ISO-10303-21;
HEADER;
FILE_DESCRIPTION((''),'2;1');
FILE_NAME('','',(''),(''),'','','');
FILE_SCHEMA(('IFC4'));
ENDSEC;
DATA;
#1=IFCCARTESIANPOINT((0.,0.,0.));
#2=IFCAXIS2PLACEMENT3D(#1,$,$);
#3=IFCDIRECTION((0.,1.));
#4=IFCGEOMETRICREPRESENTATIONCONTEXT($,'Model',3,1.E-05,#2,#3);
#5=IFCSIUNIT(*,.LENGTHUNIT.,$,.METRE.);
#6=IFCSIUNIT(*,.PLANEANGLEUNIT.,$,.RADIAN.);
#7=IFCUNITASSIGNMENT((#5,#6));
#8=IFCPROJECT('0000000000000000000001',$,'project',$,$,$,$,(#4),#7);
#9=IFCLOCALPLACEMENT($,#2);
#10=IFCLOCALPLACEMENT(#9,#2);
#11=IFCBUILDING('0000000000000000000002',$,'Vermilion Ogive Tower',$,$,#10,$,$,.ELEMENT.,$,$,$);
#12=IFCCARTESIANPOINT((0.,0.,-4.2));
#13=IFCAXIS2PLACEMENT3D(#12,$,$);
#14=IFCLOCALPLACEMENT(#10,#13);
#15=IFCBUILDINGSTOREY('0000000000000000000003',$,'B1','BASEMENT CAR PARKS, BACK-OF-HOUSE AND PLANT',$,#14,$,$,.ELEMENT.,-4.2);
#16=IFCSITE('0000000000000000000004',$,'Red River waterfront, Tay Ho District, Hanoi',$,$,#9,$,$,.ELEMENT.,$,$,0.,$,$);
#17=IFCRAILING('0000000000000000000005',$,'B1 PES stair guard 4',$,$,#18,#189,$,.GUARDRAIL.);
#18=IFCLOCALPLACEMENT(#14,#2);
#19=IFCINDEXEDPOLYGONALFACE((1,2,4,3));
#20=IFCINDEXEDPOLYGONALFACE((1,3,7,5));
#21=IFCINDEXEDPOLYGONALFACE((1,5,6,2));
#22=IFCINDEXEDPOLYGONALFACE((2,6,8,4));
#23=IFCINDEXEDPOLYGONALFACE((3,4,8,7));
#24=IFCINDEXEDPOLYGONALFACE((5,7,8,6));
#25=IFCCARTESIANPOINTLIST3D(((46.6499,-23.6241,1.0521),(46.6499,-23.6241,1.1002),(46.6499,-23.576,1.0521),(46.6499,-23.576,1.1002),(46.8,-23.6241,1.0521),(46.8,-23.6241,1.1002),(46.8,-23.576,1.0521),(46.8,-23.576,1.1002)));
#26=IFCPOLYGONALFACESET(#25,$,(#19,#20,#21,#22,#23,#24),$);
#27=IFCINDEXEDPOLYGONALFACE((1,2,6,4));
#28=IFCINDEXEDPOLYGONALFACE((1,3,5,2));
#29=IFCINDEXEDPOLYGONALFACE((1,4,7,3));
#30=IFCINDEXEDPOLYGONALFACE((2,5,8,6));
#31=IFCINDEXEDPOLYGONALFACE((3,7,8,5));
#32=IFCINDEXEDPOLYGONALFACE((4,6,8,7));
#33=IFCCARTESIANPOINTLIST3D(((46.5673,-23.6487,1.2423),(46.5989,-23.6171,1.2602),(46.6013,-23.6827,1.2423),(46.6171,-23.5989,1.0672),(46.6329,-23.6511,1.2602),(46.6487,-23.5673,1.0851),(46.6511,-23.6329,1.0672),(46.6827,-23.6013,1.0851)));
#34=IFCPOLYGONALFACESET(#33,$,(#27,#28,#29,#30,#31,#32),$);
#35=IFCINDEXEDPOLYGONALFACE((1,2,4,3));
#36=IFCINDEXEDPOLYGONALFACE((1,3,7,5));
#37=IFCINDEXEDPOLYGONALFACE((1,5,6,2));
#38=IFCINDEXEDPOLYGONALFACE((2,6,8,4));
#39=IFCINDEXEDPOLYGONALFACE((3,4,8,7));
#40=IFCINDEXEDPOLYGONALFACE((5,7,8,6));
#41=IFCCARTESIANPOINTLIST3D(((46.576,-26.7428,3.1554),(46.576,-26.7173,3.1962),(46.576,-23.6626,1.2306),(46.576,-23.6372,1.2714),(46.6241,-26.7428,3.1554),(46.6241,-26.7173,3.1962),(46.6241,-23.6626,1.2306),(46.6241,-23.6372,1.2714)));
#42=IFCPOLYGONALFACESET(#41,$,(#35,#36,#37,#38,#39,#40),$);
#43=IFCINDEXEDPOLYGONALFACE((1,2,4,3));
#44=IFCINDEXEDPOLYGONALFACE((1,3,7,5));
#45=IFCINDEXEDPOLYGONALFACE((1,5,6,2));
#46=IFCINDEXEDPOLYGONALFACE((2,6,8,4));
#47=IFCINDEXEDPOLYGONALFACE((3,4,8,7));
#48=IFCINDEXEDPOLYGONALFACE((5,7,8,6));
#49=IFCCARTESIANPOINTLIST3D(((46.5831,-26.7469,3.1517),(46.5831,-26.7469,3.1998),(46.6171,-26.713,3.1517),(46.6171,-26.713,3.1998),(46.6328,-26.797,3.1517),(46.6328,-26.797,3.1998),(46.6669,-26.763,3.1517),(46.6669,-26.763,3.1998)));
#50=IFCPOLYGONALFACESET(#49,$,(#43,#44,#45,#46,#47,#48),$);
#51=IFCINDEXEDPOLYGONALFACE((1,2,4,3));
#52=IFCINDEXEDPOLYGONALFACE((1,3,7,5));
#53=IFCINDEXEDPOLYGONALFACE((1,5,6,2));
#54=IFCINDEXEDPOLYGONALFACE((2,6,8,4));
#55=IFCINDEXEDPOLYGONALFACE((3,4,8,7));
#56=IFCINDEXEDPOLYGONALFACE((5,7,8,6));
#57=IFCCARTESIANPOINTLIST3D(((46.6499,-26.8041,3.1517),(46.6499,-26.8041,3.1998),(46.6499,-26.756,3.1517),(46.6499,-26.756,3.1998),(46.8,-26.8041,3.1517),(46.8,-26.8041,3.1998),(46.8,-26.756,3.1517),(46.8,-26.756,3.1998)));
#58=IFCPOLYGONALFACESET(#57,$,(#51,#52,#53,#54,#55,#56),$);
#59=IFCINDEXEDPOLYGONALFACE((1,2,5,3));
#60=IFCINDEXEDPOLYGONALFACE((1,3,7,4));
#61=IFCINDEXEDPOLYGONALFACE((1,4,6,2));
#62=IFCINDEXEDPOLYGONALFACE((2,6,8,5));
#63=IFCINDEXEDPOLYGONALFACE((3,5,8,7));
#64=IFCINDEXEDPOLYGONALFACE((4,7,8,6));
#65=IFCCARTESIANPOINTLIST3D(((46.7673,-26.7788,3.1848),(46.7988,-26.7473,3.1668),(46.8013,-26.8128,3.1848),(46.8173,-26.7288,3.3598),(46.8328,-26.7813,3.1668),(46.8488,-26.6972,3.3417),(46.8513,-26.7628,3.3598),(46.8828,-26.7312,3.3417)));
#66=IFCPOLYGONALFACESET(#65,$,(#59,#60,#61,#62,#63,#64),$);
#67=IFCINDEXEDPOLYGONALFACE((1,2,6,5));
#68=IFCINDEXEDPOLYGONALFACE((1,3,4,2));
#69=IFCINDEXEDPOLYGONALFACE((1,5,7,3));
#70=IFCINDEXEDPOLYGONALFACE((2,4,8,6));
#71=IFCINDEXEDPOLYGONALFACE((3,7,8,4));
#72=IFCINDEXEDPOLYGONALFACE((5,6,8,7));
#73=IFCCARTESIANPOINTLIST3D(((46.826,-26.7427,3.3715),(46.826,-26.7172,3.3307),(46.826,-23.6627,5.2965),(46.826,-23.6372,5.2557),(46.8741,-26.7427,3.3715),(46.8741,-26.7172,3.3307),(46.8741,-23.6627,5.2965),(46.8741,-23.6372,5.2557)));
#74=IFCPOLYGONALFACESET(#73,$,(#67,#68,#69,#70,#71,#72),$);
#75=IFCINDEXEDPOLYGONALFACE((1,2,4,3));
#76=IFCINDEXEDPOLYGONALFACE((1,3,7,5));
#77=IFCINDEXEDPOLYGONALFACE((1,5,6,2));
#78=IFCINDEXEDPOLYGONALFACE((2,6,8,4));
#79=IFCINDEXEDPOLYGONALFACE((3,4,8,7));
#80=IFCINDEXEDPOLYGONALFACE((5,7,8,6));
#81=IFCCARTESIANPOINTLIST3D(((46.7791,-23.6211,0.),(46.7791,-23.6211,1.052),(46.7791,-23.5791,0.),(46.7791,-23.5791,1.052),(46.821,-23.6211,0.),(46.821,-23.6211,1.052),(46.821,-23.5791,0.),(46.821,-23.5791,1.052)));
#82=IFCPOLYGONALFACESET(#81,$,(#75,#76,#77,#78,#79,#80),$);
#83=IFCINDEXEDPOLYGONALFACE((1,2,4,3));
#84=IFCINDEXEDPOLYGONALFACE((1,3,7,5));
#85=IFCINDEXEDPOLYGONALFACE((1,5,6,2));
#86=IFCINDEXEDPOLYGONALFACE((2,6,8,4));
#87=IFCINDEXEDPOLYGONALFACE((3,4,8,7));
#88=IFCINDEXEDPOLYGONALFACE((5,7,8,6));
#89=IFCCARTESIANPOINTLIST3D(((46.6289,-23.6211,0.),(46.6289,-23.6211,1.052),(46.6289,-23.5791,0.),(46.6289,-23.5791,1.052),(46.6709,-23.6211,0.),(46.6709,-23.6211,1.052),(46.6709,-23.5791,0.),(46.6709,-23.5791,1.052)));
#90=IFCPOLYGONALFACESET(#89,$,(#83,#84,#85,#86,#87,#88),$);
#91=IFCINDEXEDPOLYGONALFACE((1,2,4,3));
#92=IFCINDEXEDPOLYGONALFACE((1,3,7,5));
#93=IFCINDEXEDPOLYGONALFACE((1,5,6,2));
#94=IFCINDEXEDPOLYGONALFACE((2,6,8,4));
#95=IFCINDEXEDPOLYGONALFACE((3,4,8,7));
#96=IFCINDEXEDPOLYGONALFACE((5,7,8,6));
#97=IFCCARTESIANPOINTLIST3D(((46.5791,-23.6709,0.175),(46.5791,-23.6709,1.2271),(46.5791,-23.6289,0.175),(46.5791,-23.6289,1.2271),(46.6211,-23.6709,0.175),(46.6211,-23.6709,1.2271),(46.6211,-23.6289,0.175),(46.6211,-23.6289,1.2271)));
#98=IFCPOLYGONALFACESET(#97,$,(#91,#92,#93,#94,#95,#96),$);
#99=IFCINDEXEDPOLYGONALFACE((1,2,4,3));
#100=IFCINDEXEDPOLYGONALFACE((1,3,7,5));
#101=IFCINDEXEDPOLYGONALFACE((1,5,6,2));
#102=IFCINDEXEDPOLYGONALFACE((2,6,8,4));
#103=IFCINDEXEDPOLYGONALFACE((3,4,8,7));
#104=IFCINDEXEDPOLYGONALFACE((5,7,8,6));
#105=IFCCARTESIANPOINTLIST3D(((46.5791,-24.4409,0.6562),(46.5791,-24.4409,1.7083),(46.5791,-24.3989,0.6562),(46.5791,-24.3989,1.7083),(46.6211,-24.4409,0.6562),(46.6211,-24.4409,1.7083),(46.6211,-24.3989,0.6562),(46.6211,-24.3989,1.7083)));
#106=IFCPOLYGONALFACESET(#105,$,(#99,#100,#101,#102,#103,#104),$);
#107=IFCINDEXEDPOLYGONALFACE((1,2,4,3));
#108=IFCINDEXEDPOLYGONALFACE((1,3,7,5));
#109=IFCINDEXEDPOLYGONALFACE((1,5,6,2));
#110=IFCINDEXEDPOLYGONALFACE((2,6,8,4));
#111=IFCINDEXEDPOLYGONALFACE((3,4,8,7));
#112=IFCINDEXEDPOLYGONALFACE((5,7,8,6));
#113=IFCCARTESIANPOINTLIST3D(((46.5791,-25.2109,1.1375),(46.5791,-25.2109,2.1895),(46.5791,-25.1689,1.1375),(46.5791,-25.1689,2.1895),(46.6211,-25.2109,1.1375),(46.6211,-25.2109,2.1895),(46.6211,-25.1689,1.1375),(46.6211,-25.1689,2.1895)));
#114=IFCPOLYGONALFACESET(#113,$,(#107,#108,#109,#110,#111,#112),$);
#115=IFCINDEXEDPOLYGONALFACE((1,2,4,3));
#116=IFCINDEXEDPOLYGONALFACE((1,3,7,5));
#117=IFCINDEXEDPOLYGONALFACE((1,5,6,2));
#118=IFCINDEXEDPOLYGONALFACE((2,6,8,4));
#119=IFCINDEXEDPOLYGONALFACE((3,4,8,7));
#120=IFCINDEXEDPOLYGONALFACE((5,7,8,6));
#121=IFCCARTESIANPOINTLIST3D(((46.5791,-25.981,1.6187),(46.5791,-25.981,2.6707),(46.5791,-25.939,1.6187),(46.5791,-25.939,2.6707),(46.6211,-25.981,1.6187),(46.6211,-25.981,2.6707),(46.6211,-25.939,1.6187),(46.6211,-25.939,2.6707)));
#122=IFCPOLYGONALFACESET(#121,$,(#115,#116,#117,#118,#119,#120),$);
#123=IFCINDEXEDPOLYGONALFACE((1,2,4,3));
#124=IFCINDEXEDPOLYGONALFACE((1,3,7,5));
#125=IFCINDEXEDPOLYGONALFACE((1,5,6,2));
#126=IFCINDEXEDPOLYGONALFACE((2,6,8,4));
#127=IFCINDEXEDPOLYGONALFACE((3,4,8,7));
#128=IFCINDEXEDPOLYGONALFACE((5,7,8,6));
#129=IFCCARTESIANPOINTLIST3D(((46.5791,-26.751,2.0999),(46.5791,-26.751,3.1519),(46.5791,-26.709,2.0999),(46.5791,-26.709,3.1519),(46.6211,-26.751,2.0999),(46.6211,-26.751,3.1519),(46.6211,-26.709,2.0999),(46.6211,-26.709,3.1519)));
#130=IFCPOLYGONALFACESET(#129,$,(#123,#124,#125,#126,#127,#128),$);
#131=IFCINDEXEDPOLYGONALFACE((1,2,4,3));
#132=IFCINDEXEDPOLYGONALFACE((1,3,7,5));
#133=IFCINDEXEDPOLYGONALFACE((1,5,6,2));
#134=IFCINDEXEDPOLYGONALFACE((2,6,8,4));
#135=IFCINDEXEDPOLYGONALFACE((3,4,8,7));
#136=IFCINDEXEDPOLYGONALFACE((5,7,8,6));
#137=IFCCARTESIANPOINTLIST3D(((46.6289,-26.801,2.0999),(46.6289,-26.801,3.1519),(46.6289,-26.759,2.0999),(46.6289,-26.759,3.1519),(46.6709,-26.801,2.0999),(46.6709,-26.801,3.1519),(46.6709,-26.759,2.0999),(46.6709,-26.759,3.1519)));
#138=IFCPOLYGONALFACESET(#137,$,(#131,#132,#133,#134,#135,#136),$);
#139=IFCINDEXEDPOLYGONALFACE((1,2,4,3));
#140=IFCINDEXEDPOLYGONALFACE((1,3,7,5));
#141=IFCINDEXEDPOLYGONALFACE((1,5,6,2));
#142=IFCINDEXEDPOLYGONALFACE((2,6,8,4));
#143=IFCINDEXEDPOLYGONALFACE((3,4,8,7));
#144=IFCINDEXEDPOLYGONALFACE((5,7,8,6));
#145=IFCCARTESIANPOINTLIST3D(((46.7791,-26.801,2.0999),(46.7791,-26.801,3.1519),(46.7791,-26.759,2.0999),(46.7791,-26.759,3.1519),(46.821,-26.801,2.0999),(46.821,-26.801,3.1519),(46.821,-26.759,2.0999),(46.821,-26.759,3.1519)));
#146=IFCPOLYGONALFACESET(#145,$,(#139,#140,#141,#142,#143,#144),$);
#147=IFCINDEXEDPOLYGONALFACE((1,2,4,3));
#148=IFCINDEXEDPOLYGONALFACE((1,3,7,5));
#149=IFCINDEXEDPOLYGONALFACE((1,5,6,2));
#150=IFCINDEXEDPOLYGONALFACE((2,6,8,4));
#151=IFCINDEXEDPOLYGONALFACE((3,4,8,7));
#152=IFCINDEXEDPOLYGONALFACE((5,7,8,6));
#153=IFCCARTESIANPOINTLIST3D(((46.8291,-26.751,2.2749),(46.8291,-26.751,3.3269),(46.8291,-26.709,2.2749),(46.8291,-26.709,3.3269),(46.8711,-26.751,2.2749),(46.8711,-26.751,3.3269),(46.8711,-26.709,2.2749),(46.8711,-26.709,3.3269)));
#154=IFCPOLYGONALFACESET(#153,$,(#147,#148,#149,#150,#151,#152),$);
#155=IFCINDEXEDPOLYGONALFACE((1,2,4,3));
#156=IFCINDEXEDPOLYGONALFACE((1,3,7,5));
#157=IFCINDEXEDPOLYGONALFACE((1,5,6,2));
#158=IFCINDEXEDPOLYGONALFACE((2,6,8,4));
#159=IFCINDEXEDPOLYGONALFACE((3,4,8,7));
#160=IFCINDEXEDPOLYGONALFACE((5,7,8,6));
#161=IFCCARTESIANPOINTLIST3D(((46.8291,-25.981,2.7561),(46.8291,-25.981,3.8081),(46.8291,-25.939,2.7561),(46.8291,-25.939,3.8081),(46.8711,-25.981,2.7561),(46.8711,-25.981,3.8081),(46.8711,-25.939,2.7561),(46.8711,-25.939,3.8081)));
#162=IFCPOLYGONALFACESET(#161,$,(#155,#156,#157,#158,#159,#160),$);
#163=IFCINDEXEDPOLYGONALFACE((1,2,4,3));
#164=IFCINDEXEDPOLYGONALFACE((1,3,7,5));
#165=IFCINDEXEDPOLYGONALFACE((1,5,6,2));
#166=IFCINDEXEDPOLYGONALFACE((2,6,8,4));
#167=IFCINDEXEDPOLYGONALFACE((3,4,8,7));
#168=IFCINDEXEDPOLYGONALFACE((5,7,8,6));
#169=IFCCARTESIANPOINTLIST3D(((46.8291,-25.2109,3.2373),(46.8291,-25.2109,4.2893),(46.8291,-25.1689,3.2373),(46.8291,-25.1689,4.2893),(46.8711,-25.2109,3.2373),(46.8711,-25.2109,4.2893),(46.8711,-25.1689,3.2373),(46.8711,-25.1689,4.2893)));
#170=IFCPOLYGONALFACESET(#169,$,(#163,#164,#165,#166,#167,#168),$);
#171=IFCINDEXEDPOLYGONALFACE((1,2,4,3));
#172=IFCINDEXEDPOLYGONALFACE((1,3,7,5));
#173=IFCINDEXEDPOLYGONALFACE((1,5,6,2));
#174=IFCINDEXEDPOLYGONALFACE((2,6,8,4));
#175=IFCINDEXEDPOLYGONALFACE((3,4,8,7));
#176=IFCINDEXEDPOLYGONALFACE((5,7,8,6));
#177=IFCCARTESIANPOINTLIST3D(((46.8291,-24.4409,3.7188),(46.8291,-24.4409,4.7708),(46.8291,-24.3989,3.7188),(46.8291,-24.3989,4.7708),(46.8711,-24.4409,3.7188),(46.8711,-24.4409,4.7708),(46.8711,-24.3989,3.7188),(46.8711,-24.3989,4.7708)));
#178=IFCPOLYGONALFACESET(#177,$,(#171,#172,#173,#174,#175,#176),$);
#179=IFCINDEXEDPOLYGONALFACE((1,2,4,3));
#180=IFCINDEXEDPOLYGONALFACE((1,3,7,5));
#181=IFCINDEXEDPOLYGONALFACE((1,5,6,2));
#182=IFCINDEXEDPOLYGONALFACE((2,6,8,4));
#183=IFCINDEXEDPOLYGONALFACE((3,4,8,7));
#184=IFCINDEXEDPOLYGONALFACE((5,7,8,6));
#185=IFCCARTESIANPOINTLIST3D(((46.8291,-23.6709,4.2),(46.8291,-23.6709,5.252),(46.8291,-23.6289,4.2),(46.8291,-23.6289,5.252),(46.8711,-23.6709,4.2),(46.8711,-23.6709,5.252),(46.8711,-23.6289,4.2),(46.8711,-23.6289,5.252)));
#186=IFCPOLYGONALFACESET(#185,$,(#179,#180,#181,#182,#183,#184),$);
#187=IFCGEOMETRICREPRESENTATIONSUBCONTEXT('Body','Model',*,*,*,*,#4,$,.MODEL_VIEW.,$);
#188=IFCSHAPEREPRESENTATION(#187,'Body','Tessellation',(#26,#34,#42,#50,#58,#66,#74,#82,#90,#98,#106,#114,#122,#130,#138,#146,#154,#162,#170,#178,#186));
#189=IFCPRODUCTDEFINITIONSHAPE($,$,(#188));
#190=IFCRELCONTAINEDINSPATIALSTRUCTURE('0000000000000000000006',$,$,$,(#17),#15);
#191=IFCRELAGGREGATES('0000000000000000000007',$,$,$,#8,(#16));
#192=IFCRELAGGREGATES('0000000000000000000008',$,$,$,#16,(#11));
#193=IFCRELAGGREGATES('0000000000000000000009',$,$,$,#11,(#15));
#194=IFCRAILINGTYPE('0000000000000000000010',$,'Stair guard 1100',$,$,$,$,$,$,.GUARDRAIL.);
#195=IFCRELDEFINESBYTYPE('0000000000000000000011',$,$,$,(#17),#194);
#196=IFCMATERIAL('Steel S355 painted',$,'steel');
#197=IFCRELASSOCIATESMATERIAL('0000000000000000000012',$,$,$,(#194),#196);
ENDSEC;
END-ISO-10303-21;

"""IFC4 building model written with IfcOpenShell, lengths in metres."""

from ifc_helpers import new_model, si_unit, direction, frame, origin, origin_2d, place, context, subcontext, project, spatial, rectangle, extrude, material, type_object, element, save


model = new_model("IFC4")

# Units and contexts
model_context = context("Model", 3, precision=1e-05, world=origin(), true_north=direction((0.0, 1.0)))
body_context = subcontext(model_context, "Body", "Model", "MODEL_VIEW")
ifc_project = project(units=[si_unit("LENGTHUNIT", "METRE"), si_unit("PLANEANGLEUNIT", "RADIAN")], contexts=[model_context])

# Site, building, storey
site_placement = place(None, origin())
site = spatial("IfcSite", under=ifc_project, at=site_placement, Name="Red River waterfront, Tay Ho District, Hanoi", CompositionType="ELEMENT", RefElevation=0.0)
building_placement = place(site_placement, origin())
building = spatial("IfcBuilding", under=site, at=building_placement, Name="Vermilion Ogive Tower", CompositionType="ELEMENT")
storey_placement = place(building_placement, frame((0.0, 0.0, -4.2)))
storey = spatial("IfcBuildingStorey", under=building, at=storey_placement, Name="B1", Description="BASEMENT CAR PARKS, BACK-OF-HOUSE AND PLANT", CompositionType="ELEMENT", Elevation=-4.2)

# Railing
ifc_material_1 = material(Name="Steel S355 painted", Category="steel")
railing_type = type_object("IfcRailingType", Name="Stair guard 1100", PredefinedType="GUARDRAIL", material=ifc_material_1)
railing_placement = place(storey_placement, frame((46.8, -23.6001, 0.0)))
element("IfcRailing", 1, at=railing_placement, inside=storey, type_object=railing_type, Name="B1 PES stair guard 4", PredefinedType="GUARDRAIL", context=body_context, shape_type="SweptSolid", body=[
    extrude(rectangle(XDim=0.0481, YDim=0.0481, at=origin_2d()), frame((0.0, 0.0, 1.0762), z_axis=(-1.0, 0.0, 0.0), x_axis=(0.0, -1.0, 0.0)), (0.0, 0.0, 1.0), 0.1501),
    extrude(rectangle(XDim=0.0481, YDim=0.0481, at=origin_2d()), frame((-0.1501, 0.0, 1.0762), z_axis=(-0.263953, -0.263953, 0.927716), x_axis=(0.707107, -0.707107, 0.0)), (0.0, 0.0, 1.0), 0.1887),
    extrude(rectangle(XDim=0.0481, YDim=0.0481, at=origin_2d()), frame((-0.2, -0.0498, 1.251), z_axis=(0.0, -0.848029, 0.529951), x_axis=(1.0, 0.0, 0.0)), (0.0, 0.0, 1.0), 3.6321),
    extrude(rectangle(XDim=0.0481, YDim=0.0481, at=origin_2d()), frame((-0.2, -3.1299, 3.1758), z_axis=(0.705376, -0.708834, 0.0), x_axis=(0.708834, 0.705376, 0.0)), (0.0, 0.0, 1.0), 0.0706),
    extrude(rectangle(XDim=0.0481, YDim=0.0481, at=origin_2d()), frame((-0.1501, -3.1799, 3.1758), z_axis=(1.0, 0.0, 0.0), x_axis=(0.0, 1.0, 0.0)), (0.0, 0.0, 1.0), 0.1501),
    extrude(rectangle(XDim=0.0481, YDim=0.0481, at=origin_2d()), frame((0.0, -3.1799, 3.1758), z_axis=(0.265065, 0.265065, 0.927082), x_axis=(-0.707107, 0.707107, 0.0)), (0.0, 0.0, 1.0), 0.1887),
    extrude(rectangle(XDim=0.0481, YDim=0.0481, at=origin_2d()), frame((0.05, -3.1299, 3.3511), z_axis=(0.0, 0.847998, 0.529999), x_axis=(-1.0, 0.0, 0.0)), (0.0, 0.0, 1.0), 3.6321),
    extrude(rectangle(XDim=0.042, YDim=0.042, at=origin_2d()), origin(), (0.0, 0.0, 1.0), 1.052),
    extrude(rectangle(XDim=0.042, YDim=0.042, at=origin_2d()), frame((-0.1501, 0.0, 0.0)), (0.0, 0.0, 1.0), 1.052),
    extrude(rectangle(XDim=0.042, YDim=0.042, at=origin_2d()), frame((-0.2, -0.0498, 0.175)), (0.0, 0.0, 1.0), 1.052),
    extrude(rectangle(XDim=0.042, YDim=0.042, at=origin_2d()), frame((-0.2, -0.8198, 0.6562)), (0.0, 0.0, 1.0), 1.052),
    extrude(rectangle(XDim=0.042, YDim=0.042, at=origin_2d()), frame((-0.2, -1.5898, 1.1375)), (0.0, 0.0, 1.0), 1.052),
    extrude(rectangle(XDim=0.042, YDim=0.042, at=origin_2d()), frame((-0.2, -2.3599, 1.6187)), (0.0, 0.0, 1.0), 1.052),
    extrude(rectangle(XDim=0.042, YDim=0.042, at=origin_2d()), frame((-0.2, -3.1299, 2.0999)), (0.0, 0.0, 1.0), 1.052),
    extrude(rectangle(XDim=0.042, YDim=0.042, at=origin_2d()), frame((-0.1501, -3.1799, 2.0999)), (0.0, 0.0, 1.0), 1.052),
    extrude(rectangle(XDim=0.042, YDim=0.042, at=origin_2d()), frame((0.0, -3.1799, 2.0999)), (0.0, 0.0, 1.0), 1.052),
    extrude(rectangle(XDim=0.042, YDim=0.042, at=origin_2d()), frame((0.05, -3.1299, 2.2749)), (0.0, 0.0, 1.0), 1.052),
    extrude(rectangle(XDim=0.042, YDim=0.042, at=origin_2d()), frame((0.05, -2.3599, 2.7561)), (0.0, 0.0, 1.0), 1.052),
    extrude(rectangle(XDim=0.042, YDim=0.042, at=origin_2d()), frame((0.05, -1.5898, 3.2373)), (0.0, 0.0, 1.0), 1.052),
    extrude(rectangle(XDim=0.042, YDim=0.042, at=origin_2d()), frame((0.05, -0.8198, 3.7188)), (0.0, 0.0, 1.0), 1.052),
    extrude(rectangle(XDim=0.042, YDim=0.042, at=origin_2d()), frame((0.05, -0.0498, 4.2)), (0.0, 0.0, 1.0), 1.052),
])

save(model, "model.ifc")
